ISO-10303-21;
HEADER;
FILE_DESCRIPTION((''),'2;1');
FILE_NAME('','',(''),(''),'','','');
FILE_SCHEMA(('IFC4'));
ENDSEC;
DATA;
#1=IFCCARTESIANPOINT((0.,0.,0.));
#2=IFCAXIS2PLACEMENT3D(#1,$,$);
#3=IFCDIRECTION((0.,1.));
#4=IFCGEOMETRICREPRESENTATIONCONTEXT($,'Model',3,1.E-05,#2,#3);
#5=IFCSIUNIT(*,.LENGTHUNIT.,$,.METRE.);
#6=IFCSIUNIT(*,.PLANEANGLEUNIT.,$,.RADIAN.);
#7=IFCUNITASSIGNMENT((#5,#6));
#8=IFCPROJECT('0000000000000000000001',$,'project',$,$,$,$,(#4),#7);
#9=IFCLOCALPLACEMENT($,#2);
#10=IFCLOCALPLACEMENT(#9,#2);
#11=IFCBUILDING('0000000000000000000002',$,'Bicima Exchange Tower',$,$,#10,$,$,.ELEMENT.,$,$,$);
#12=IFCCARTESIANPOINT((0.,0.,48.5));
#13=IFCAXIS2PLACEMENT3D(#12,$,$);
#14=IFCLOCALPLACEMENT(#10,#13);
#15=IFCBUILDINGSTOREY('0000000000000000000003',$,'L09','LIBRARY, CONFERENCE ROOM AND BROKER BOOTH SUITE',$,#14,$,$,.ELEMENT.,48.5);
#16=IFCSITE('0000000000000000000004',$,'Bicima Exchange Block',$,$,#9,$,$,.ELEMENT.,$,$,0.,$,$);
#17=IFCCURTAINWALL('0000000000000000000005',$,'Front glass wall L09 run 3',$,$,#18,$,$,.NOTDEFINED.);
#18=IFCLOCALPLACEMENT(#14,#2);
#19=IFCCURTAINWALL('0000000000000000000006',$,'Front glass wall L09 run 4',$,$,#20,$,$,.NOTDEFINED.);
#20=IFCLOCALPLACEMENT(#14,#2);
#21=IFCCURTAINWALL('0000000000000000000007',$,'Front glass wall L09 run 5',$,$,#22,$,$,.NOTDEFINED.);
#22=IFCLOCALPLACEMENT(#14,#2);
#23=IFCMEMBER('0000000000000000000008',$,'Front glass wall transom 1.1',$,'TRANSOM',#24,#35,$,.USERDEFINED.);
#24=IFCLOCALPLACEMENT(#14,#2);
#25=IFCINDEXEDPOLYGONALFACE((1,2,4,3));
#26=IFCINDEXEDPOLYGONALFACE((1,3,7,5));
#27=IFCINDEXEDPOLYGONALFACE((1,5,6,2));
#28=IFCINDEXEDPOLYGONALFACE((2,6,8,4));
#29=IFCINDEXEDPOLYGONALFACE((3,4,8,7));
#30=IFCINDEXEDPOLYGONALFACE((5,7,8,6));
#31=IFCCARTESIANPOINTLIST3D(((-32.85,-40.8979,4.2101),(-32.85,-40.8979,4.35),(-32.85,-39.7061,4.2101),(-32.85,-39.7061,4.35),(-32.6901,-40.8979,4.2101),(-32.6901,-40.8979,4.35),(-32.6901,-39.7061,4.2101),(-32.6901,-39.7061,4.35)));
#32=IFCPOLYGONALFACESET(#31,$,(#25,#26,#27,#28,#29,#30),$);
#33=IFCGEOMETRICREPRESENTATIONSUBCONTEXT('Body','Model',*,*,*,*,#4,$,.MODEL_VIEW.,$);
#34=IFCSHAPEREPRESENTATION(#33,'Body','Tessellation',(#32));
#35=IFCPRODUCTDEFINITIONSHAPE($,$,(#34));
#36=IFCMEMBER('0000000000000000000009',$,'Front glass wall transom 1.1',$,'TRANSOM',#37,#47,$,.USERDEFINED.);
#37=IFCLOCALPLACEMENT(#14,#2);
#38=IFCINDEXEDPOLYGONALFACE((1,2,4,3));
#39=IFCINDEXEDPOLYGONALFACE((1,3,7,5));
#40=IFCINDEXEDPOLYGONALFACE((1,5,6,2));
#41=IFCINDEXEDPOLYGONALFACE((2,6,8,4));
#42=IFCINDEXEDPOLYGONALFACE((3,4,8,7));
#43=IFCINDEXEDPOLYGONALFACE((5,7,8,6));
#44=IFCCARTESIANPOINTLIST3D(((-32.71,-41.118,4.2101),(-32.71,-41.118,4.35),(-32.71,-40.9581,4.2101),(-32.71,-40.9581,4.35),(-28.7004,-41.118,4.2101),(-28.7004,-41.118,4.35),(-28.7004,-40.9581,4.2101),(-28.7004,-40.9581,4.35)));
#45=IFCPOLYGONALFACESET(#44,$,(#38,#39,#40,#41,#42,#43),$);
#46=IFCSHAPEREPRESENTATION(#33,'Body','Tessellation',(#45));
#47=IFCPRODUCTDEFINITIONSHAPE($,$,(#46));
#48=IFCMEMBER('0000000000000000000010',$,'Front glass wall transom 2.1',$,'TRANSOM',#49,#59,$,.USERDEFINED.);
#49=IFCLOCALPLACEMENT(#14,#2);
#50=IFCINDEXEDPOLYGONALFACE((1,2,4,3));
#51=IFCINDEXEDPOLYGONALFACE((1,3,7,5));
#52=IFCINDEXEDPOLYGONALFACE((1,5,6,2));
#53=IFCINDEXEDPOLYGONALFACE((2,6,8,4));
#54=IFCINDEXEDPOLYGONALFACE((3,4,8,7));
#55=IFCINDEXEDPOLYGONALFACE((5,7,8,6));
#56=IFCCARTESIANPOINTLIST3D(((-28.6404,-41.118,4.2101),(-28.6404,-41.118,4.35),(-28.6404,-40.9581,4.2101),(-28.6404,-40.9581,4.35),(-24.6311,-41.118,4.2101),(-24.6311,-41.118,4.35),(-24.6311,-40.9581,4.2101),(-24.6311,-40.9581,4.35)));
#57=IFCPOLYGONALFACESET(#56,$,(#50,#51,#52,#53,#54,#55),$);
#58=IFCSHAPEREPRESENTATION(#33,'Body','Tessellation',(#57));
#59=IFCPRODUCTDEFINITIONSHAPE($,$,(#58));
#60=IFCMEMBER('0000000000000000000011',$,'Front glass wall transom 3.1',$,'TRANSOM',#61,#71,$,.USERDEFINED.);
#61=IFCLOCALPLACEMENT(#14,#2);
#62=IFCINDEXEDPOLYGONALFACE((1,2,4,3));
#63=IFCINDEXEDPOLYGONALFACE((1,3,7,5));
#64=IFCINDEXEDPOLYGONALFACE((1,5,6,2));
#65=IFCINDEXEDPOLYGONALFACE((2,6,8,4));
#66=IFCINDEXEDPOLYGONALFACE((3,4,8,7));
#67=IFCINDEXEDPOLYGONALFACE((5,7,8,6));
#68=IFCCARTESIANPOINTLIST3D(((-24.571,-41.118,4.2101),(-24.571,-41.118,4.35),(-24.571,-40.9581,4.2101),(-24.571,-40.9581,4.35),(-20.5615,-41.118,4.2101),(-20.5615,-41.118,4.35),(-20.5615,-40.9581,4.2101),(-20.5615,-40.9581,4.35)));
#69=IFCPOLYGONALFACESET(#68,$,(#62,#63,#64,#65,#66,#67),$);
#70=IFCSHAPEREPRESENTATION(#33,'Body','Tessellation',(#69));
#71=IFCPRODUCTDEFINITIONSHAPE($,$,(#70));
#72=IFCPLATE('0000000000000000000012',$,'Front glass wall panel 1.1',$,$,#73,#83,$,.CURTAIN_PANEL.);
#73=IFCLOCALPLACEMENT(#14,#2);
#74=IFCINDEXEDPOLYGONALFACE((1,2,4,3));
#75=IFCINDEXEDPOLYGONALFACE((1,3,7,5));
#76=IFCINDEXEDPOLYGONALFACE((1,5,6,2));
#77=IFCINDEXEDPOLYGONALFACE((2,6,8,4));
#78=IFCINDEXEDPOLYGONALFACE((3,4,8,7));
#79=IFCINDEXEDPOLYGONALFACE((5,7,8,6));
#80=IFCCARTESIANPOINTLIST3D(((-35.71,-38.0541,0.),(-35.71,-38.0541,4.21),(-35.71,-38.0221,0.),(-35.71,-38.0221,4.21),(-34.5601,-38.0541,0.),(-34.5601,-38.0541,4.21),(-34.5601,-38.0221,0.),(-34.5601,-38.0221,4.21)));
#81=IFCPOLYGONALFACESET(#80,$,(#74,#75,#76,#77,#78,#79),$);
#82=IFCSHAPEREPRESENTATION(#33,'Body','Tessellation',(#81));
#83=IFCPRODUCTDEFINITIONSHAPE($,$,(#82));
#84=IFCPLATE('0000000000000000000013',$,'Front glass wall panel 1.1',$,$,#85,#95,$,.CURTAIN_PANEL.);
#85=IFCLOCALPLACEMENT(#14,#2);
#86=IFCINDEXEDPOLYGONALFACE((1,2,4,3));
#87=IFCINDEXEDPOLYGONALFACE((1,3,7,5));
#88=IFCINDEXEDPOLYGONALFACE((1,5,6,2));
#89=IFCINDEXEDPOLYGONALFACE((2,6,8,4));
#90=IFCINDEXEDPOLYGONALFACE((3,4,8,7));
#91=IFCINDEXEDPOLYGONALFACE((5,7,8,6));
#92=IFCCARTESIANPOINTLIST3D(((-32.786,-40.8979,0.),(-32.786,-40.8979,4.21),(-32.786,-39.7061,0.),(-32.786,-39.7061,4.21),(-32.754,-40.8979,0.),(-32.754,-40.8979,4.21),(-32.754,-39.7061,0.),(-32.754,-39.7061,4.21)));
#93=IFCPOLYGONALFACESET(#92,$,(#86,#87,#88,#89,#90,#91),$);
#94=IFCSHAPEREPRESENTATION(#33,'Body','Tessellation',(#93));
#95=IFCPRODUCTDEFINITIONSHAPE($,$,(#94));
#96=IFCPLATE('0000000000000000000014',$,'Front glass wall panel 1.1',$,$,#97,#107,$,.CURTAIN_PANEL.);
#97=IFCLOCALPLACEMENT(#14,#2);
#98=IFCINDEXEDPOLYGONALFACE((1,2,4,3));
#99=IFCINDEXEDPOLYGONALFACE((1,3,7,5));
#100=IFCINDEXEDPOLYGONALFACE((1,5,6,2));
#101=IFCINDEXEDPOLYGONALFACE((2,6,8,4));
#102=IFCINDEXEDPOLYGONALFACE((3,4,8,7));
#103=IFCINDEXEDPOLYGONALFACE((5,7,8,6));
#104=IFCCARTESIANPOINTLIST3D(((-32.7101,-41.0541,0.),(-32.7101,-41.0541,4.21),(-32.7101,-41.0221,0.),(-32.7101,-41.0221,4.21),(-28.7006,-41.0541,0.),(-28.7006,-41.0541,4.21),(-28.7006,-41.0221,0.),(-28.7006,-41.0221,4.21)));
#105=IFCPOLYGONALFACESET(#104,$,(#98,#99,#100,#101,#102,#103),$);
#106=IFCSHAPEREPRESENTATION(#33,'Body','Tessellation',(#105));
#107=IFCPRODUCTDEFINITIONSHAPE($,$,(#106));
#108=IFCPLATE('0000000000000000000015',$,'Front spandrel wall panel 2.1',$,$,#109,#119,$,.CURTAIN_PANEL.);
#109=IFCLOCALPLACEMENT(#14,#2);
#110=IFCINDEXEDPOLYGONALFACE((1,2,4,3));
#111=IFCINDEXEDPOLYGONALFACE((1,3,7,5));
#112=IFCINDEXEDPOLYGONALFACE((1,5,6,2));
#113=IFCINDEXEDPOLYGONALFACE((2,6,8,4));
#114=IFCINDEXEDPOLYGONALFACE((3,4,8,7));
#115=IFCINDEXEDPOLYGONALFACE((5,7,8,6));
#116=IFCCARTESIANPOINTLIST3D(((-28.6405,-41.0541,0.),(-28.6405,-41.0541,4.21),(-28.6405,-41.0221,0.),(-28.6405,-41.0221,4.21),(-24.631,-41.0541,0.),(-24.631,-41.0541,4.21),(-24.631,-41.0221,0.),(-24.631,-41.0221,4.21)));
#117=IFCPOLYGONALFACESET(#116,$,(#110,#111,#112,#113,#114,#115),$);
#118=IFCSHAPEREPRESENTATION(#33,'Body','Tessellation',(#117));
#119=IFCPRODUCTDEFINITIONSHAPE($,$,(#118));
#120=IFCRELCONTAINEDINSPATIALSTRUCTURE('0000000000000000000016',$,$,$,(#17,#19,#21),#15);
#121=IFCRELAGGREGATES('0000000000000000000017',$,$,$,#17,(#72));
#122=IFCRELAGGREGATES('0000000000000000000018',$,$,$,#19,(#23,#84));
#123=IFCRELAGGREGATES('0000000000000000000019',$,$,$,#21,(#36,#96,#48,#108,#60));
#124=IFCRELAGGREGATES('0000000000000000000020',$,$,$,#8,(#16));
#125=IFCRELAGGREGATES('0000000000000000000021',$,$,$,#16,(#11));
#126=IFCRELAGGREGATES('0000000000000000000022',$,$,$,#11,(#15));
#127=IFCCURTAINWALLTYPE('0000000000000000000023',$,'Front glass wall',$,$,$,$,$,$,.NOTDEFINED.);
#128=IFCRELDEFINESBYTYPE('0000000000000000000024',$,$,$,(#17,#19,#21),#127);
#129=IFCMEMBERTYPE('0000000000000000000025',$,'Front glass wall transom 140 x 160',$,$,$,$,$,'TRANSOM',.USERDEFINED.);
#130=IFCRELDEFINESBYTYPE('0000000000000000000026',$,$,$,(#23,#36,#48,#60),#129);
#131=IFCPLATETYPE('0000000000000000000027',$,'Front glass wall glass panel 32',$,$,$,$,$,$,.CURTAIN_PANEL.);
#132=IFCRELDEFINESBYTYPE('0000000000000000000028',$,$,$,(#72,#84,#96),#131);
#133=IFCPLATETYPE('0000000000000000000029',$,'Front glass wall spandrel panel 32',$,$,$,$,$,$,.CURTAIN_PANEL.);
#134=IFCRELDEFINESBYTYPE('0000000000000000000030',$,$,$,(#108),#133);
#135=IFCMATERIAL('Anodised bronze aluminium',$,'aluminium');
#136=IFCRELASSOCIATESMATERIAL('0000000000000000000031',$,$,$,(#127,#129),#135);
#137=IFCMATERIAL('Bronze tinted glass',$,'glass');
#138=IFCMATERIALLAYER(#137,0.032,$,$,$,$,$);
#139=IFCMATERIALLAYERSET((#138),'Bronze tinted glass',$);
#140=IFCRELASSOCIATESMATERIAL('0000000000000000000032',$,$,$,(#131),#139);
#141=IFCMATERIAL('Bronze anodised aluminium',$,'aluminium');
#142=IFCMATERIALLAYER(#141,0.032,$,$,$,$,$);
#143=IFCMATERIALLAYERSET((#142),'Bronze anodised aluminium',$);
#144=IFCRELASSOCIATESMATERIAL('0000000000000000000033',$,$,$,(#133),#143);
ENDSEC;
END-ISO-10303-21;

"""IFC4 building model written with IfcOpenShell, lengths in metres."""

from ifc_helpers import new_model, si_unit, direction, frame, origin, origin_2d, place, context, subcontext, project, spatial, rectangle, extrude, material, layer, layer_set, material_profile, profile_set, type_object, element, aggregate, save


model = new_model("IFC4")

# Units and contexts
model_context = context("Model", 3, precision=1e-05, world=origin(), true_north=direction((0.0, 1.0)))
body_context = subcontext(model_context, "Body", "Model", "MODEL_VIEW")
ifc_project = project(units=[si_unit("LENGTHUNIT", "METRE"), si_unit("PLANEANGLEUNIT", "RADIAN")], contexts=[model_context])

# Site, building, storey
site_placement = place(None, origin())
site = spatial("IfcSite", under=ifc_project, at=site_placement, Name="Bicima Exchange Block", CompositionType="ELEMENT", RefElevation=0.0)
building_placement = place(site_placement, origin())
building = spatial("IfcBuilding", under=site, at=building_placement, Name="Bicima Exchange Tower", CompositionType="ELEMENT")
storey_placement = place(building_placement, frame((0.0, 0.0, 48.5)))
storey = spatial("IfcBuildingStorey", under=building, at=storey_placement, Name="L09", Description="LIBRARY, CONFERENCE ROOM AND BROKER BOOTH SUITE", CompositionType="ELEMENT", Elevation=48.5)

# Curtain walls
ifc_material_1 = material(Name="Anodised bronze aluminium", Category="aluminium")
curtain_wall_type = type_object("IfcCurtainWallType", Name="Front glass wall", PredefinedType="NOTDEFINED", material=ifc_material_1)
curtain_wall_1_placement = place(storey_placement, origin())
curtain_wall_1 = element("IfcCurtainWall", 1, at=curtain_wall_1_placement, inside=storey, type_object=curtain_wall_type, Name="Front glass wall L09 run 3", PredefinedType="NOTDEFINED")
curtain_wall_2_placement = place(storey_placement, origin())
curtain_wall_2 = element("IfcCurtainWall", 2, at=curtain_wall_2_placement, inside=storey, type_object=curtain_wall_type, Name="Front glass wall L09 run 4", PredefinedType="NOTDEFINED")
curtain_wall_3_placement = place(storey_placement, origin())
curtain_wall_3 = element("IfcCurtainWall", 3, at=curtain_wall_3_placement, inside=storey, type_object=curtain_wall_type, Name="Front glass wall L09 run 5", PredefinedType="NOTDEFINED")

# Members
ifc_material_profile_1 = material_profile(ifc_material_1, rectangle(XDim=0.1599, YDim=0.1399, at=origin_2d()))
ifc_profile_set_1 = profile_set([ifc_material_profile_1], Name="Anodised bronze aluminium")
member_type_1 = type_object("IfcMemberType", Name="Front glass wall transom 140 x 160", ElementType="TRANSOM", PredefinedType="USERDEFINED", material=ifc_profile_set_1)
member_1_placement = place(storey_placement, frame((-32.77, -39.7061, 4.28), z_axis=(0.0, -1.0, 0.0), x_axis=(1.0, 0.0, 0.0)))
member_1 = element("IfcMember", 4, at=member_1_placement, type_object=member_type_1, Name="Front glass wall transom 1.1", ObjectType="TRANSOM", PredefinedType="USERDEFINED", context=body_context, shape_type="SweptSolid", body=[
    extrude(rectangle(XDim=0.1599, YDim=0.1399, at=origin_2d()), origin(), (0.0, 0.0, 1.0), 1.1919),
])
member_2_placement = place(storey_placement, frame((-32.71, -41.0381, 4.28), z_axis=(1.0, 0.0, 0.0), x_axis=(0.0, 1.0, 0.0)))
member_2 = element("IfcMember", 5, at=member_2_placement, type_object=member_type_1, Name="Front glass wall transom 1.1", ObjectType="TRANSOM", PredefinedType="USERDEFINED", context=body_context, shape_type="SweptSolid", body=[
    extrude(rectangle(XDim=0.1599, YDim=0.1399, at=origin_2d()), origin(), (0.0, 0.0, 1.0), 4.0095),
])
member_3_placement = place(storey_placement, frame((-28.6404, -41.0381, 4.28), z_axis=(1.0, 0.0, 0.0), x_axis=(0.0, 1.0, 0.0)))
member_3 = element("IfcMember", 6, at=member_3_placement, type_object=member_type_1, Name="Front glass wall transom 2.1", ObjectType="TRANSOM", PredefinedType="USERDEFINED", context=body_context, shape_type="SweptSolid", body=[
    extrude(rectangle(XDim=0.1599, YDim=0.1399, at=origin_2d()), origin(), (0.0, 0.0, 1.0), 4.0093),
])
member_4_placement = place(storey_placement, frame((-24.571, -41.0381, 4.28), z_axis=(1.0, 0.0, 0.0), x_axis=(0.0, 1.0, 0.0)))
member_4 = element("IfcMember", 7, at=member_4_placement, type_object=member_type_1, Name="Front glass wall transom 3.1", ObjectType="TRANSOM", PredefinedType="USERDEFINED", context=body_context, shape_type="SweptSolid", body=[
    extrude(rectangle(XDim=0.1599, YDim=0.1399, at=origin_2d()), origin(), (0.0, 0.0, 1.0), 4.0095),
])

# Plates
ifc_material_2 = material(Name="Bronze tinted glass", Category="glass")
ifc_layer_1 = layer(ifc_material_2, 0.032)
ifc_layer_set_1 = layer_set([ifc_layer_1], Name="Bronze tinted glass")
plate_type_1 = type_object("IfcPlateType", Name="Front glass wall glass panel 32", PredefinedType="CURTAIN_PANEL", material=ifc_layer_set_1)
plate_1_placement = place(storey_placement, frame((-35.135, -38.0381, 0.0), z_axis=(0.0, 0.0, 1.0), x_axis=(1.0, 0.0, 0.0)))
plate_1 = element("IfcPlate", 8, at=plate_1_placement, type_object=plate_type_1, Name="Front glass wall panel 1.1", PredefinedType="CURTAIN_PANEL", context=body_context, shape_type="SweptSolid", body=[
    extrude(rectangle(XDim=1.1499, YDim=0.032, at=origin_2d()), origin(), (0.0, 0.0, 1.0), 4.21),
])
aggregate(curtain_wall_1, [plate_1])
plate_2_placement = place(storey_placement, frame((-32.77, -40.302, 0.0), z_axis=(0.0, 0.0, 1.0), x_axis=(0.0, -1.0, 0.0)))
plate_2 = element("IfcPlate", 9, at=plate_2_placement, type_object=plate_type_1, Name="Front glass wall panel 1.1", PredefinedType="CURTAIN_PANEL", context=body_context, shape_type="SweptSolid", body=[
    extrude(rectangle(XDim=1.1919, YDim=0.032, at=origin_2d()), origin(), (0.0, 0.0, 1.0), 4.21),
])
aggregate(curtain_wall_2, [member_1, plate_2])
plate_3_placement = place(storey_placement, frame((-30.7053, -41.0381, 0.0), z_axis=(0.0, 0.0, 1.0), x_axis=(1.0, 0.0, 0.0)))
plate_3 = element("IfcPlate", 10, at=plate_3_placement, type_object=plate_type_1, Name="Front glass wall panel 1.1", PredefinedType="CURTAIN_PANEL", context=body_context, shape_type="SweptSolid", body=[
    extrude(rectangle(XDim=4.0095, YDim=0.032, at=origin_2d()), origin(), (0.0, 0.0, 1.0), 4.21),
])
ifc_material_3 = material(Name="Bronze anodised aluminium", Category="aluminium")
ifc_layer_2 = layer(ifc_material_3, 0.032)
ifc_layer_set_2 = layer_set([ifc_layer_2], Name="Bronze anodised aluminium")
plate_type_2 = type_object("IfcPlateType", Name="Front glass wall spandrel panel 32", PredefinedType="CURTAIN_PANEL", material=ifc_layer_set_2)
plate_4_placement = place(storey_placement, frame((-26.6357, -41.0381, 0.0), z_axis=(0.0, 0.0, 1.0), x_axis=(1.0, 0.0, 0.0)))
plate_4 = element("IfcPlate", 11, at=plate_4_placement, type_object=plate_type_2, Name="Front spandrel wall panel 2.1", PredefinedType="CURTAIN_PANEL", context=body_context, shape_type="SweptSolid", body=[
    extrude(rectangle(XDim=4.0095, YDim=0.032, at=origin_2d()), origin(), (0.0, 0.0, 1.0), 4.21),
])
aggregate(curtain_wall_3, [member_2, plate_3, member_3, plate_4, member_4])

save(model, "model.ifc")
